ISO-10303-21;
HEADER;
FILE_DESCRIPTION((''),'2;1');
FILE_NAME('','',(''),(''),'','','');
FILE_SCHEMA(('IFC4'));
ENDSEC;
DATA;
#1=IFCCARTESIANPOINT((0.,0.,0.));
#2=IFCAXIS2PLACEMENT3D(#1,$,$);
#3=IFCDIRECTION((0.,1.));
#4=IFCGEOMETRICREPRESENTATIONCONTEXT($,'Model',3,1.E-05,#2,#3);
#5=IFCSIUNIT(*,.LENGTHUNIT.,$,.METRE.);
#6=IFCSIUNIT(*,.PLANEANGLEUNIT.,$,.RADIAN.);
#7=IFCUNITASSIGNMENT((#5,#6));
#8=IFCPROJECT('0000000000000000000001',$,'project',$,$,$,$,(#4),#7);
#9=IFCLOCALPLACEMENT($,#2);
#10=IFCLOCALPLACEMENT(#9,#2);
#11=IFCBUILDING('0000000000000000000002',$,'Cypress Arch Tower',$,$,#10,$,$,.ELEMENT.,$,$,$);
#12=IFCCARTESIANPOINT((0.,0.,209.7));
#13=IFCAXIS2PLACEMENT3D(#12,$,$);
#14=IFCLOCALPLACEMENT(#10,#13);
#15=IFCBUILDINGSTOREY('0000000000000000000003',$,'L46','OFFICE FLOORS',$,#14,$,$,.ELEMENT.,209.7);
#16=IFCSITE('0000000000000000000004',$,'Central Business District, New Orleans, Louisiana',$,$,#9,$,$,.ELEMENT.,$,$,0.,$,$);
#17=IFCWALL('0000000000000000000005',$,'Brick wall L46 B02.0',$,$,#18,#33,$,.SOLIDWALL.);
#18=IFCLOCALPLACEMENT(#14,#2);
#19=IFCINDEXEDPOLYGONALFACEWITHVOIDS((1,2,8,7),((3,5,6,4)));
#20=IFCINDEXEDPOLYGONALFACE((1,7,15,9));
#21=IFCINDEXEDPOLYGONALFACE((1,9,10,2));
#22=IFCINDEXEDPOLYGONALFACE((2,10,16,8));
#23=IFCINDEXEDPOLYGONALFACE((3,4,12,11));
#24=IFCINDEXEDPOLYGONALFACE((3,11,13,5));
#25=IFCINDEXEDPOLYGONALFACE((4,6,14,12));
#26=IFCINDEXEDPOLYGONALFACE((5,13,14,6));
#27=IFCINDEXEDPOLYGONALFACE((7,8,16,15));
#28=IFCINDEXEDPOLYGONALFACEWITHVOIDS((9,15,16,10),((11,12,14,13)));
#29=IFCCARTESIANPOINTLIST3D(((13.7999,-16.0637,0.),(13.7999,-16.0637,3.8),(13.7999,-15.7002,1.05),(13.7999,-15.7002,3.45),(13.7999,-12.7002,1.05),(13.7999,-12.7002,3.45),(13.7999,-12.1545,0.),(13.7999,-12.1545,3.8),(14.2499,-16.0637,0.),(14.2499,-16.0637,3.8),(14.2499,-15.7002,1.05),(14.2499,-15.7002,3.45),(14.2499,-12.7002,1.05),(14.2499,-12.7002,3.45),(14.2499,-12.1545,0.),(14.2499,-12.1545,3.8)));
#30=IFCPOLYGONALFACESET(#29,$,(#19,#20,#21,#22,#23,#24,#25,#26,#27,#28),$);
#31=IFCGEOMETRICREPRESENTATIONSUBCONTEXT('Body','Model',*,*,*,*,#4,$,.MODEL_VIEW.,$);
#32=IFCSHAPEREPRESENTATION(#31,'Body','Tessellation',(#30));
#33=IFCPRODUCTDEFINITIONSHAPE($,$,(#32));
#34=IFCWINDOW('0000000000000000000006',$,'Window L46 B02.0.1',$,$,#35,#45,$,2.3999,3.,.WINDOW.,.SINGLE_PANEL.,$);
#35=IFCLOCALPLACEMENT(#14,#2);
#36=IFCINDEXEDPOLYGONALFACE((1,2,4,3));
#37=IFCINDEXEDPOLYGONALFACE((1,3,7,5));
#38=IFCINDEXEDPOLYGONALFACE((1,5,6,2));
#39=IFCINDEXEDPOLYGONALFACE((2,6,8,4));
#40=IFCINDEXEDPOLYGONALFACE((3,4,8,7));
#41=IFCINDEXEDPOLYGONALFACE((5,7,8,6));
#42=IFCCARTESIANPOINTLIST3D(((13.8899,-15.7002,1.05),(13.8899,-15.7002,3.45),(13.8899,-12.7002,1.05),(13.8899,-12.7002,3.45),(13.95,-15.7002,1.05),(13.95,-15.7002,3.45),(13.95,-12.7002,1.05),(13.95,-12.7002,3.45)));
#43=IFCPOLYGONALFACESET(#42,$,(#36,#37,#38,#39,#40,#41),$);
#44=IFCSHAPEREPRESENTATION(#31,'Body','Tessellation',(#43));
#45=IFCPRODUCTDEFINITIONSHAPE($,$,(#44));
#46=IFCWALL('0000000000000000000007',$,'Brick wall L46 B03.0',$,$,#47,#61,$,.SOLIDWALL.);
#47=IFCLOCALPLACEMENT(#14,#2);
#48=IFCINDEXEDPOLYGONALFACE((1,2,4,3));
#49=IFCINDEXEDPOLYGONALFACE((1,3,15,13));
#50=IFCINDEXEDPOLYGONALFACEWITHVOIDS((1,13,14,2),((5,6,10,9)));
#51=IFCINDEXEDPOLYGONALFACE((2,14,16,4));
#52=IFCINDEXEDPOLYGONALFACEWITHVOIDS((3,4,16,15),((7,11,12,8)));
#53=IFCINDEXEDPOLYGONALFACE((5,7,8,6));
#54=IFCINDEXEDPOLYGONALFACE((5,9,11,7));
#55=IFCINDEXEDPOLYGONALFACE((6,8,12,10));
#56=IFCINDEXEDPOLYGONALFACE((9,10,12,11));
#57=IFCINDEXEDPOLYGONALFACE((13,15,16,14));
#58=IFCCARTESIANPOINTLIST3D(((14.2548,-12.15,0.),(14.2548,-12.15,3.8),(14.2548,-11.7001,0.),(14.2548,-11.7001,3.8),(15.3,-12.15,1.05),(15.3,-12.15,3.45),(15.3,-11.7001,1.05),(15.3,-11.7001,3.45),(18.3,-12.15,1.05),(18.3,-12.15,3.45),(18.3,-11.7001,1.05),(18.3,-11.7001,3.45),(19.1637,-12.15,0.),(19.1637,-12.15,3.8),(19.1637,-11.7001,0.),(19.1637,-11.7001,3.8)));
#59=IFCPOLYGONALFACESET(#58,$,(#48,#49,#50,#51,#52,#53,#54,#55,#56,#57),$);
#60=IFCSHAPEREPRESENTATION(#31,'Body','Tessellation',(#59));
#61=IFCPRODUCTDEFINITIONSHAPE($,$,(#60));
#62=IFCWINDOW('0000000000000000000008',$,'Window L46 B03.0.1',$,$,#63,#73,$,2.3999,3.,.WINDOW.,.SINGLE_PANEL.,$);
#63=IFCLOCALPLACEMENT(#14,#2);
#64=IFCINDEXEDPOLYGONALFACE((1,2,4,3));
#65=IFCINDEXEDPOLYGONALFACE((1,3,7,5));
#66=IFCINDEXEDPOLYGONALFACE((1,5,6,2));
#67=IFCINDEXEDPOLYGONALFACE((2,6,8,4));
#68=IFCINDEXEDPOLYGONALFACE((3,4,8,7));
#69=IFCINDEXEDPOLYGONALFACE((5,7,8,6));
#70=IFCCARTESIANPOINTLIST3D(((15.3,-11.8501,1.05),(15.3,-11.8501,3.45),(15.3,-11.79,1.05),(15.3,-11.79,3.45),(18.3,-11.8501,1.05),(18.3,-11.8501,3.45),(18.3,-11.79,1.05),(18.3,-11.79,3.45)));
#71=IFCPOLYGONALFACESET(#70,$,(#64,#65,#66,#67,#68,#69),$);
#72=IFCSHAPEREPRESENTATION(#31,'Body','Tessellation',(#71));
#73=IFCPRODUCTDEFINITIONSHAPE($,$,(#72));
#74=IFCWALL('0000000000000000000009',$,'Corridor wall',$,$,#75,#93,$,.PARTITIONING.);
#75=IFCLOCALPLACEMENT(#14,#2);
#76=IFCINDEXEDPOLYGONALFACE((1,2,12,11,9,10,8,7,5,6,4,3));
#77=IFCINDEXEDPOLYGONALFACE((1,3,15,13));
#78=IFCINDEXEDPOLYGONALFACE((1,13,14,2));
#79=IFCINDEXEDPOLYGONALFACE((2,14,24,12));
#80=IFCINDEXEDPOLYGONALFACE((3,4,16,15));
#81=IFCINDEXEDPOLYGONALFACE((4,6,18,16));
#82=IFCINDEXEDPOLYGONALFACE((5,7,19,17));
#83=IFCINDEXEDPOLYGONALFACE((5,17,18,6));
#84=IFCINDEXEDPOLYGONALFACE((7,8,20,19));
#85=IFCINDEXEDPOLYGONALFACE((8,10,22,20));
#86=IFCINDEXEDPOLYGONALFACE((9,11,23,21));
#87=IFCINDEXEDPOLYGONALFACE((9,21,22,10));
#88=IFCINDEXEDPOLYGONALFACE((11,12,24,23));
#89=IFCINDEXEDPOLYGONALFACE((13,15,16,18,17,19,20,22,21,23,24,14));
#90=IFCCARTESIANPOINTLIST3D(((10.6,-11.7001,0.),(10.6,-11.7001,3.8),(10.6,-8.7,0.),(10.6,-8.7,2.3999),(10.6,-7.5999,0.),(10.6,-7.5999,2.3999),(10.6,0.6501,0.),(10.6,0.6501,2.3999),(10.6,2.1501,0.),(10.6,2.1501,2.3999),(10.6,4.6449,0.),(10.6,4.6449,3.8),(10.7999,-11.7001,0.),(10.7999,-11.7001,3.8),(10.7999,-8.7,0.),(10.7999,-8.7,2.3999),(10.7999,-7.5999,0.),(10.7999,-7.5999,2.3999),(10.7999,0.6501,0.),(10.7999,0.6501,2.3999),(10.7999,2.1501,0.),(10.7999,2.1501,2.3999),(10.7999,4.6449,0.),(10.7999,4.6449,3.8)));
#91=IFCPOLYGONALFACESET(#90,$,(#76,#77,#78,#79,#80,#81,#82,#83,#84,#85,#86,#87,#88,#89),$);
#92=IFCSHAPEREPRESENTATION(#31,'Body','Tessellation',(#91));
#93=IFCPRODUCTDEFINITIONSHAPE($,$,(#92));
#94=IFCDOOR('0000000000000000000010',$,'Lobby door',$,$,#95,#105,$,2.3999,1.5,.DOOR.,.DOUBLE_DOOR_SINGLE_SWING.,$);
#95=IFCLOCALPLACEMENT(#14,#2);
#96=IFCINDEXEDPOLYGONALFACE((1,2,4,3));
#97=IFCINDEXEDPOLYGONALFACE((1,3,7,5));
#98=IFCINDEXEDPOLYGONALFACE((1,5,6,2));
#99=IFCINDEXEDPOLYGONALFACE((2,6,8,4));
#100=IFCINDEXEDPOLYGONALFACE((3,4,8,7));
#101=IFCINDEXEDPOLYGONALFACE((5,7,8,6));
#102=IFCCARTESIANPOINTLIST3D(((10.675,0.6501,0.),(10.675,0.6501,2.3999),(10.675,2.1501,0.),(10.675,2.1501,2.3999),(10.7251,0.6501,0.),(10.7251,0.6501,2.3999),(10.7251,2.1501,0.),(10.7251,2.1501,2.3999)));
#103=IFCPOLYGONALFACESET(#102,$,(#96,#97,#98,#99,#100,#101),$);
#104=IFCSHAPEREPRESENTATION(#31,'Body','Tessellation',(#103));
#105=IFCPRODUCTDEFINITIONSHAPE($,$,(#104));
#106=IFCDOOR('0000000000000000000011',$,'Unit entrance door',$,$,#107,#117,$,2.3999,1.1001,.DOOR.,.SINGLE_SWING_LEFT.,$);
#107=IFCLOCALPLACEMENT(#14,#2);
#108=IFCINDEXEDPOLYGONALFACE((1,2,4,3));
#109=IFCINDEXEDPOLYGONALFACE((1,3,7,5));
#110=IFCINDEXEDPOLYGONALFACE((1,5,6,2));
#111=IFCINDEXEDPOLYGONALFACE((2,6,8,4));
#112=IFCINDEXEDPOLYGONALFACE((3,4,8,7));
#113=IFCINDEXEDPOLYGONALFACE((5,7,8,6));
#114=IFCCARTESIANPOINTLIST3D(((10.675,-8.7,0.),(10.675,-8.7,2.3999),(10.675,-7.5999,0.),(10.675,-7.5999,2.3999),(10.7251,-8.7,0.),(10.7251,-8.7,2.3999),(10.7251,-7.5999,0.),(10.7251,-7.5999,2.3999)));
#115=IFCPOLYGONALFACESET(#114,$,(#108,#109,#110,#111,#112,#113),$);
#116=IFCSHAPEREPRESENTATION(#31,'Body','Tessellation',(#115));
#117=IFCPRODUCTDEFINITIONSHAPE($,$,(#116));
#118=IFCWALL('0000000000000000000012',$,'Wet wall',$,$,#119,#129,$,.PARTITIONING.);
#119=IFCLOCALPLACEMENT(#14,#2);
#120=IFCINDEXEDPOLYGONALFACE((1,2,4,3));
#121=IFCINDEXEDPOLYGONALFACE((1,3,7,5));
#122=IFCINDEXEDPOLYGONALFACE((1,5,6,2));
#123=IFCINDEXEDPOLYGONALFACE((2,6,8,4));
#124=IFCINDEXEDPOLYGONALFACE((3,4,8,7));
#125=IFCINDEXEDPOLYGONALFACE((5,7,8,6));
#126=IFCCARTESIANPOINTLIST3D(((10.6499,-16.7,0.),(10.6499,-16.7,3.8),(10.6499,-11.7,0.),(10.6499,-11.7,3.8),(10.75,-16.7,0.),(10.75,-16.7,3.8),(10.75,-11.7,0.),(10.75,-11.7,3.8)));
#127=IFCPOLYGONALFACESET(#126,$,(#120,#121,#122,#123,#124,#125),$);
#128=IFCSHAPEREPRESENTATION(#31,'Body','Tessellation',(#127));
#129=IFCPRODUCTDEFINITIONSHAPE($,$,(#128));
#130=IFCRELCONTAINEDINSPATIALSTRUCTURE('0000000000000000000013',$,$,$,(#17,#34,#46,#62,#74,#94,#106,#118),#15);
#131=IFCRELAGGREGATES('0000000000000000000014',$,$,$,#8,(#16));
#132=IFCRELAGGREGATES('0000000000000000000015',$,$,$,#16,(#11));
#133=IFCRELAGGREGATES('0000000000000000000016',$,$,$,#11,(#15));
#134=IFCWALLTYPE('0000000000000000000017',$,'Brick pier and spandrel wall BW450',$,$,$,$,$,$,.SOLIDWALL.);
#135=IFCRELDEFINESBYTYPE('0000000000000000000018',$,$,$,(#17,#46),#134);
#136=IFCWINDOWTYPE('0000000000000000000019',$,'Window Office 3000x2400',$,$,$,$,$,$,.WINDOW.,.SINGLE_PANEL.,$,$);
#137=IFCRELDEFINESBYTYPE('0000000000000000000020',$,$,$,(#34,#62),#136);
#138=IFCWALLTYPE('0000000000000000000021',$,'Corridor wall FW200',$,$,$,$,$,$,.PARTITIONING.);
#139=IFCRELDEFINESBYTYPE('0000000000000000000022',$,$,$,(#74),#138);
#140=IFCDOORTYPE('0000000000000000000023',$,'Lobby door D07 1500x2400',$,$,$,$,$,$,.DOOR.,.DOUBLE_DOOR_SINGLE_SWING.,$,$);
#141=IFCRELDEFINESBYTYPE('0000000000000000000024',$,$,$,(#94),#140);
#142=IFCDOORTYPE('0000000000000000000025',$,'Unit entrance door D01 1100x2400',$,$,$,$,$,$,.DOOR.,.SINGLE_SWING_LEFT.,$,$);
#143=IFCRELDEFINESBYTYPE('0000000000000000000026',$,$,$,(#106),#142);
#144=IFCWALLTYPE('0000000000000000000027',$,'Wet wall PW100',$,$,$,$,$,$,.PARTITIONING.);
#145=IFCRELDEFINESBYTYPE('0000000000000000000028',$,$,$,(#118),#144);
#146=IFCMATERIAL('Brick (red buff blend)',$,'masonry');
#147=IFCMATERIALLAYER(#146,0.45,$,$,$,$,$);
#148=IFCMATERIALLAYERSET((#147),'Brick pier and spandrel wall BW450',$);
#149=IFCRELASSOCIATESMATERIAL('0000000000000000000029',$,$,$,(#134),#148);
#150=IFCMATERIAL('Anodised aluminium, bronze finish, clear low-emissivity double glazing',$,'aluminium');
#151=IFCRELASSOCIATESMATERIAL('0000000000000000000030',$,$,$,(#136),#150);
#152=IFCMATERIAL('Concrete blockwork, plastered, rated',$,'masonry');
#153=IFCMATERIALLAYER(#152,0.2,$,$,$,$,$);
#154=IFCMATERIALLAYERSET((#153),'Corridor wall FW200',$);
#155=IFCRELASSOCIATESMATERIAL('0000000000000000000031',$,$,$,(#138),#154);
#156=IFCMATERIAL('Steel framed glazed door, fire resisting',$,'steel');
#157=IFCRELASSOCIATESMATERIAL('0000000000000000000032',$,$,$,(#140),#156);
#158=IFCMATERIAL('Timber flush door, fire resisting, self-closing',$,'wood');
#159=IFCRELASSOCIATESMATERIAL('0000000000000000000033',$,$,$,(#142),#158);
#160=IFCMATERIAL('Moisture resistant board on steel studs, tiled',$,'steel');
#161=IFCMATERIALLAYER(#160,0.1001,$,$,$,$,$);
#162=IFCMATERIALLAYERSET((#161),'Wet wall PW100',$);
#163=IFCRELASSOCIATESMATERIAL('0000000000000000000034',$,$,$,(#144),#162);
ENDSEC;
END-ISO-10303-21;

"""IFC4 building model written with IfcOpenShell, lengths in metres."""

from ifc_helpers import new_model, si_unit, direction, frame, frame_2d, origin, place, context, subcontext, project, spatial, rectangle, extrude, material, layer, layer_set, type_object, element, fill, save


model = new_model("IFC4")

# Units and contexts
model_context = context("Model", 3, precision=1e-05, world=origin(), true_north=direction((0.0, 1.0)))
body_context = subcontext(model_context, "Body", "Model", "MODEL_VIEW")
ifc_project = project(units=[si_unit("LENGTHUNIT", "METRE"), si_unit("PLANEANGLEUNIT", "RADIAN")], contexts=[model_context])

# Site, building, storey
site_placement = place(None, origin())
site = spatial("IfcSite", under=ifc_project, at=site_placement, Name="Central Business District, New Orleans, Louisiana", CompositionType="ELEMENT", RefElevation=0.0)
building_placement = place(site_placement, origin())
building = spatial("IfcBuilding", under=site, at=building_placement, Name="Cypress Arch Tower", CompositionType="ELEMENT")
storey_placement = place(building_placement, frame((0.0, 0.0, 209.7)))
storey = spatial("IfcBuildingStorey", under=building, at=storey_placement, Name="L46", Description="OFFICE FLOORS", CompositionType="ELEMENT", Elevation=209.7)

# Walls, openings, windows
ifc_material_1 = material(Name="Brick (red buff blend)", Category="masonry")
ifc_layer_1 = layer(ifc_material_1, 0.45)
ifc_layer_set_1 = layer_set([ifc_layer_1], Name="Brick pier and spandrel wall BW450")
wall_type_1 = type_object("IfcWallType", Name="Brick pier and spandrel wall BW450", PredefinedType="SOLIDWALL", material=ifc_layer_set_1)
wall_1_placement = place(storey_placement, frame((14.0249, -16.0637, 0.0), z_axis=(0.0, 0.0, 1.0), x_axis=(0.0, 1.0, 0.0)))
wall_1 = element("IfcWall", 1, at=wall_1_placement, inside=storey, type_object=wall_type_1, Name="Brick wall L46 B02.0", PredefinedType="SOLIDWALL", context=body_context, shape_type="SweptSolid", body=[
    extrude(rectangle(XDim=3.9092, YDim=0.45, at=frame_2d((1.9546, 0.0))), origin(), (0.0, 0.0, 1.0), 3.8),
])
opening_1_placement = place(wall_1_placement, frame((0.3635, 0.0, 1.05)))
opening_1 = element("IfcOpeningElement", 2, at=opening_1_placement, cuts=wall_1, PredefinedType="OPENING", context=body_context, shape_type="SweptSolid", body=[
    extrude(rectangle(XDim=3.0, YDim=2.3999, at=frame_2d((1.5, 1.2))), frame((0.0, 0.2349, 0.0), z_axis=(0.0, -1.0, 0.0), x_axis=(1.0, 0.0, 0.0)), (0.0, 0.0, 1.0), 0.47),
])
ifc_material_2 = material(Name="Anodised aluminium, bronze finish, clear low-emissivity double glazing", Category="aluminium")
window_type = type_object("IfcWindowType", Name="Window Office 3000x2400", PartitioningType="SINGLE_PANEL", PredefinedType="WINDOW", material=ifc_material_2)
window_1_placement = place(opening_1_placement, origin())
window_1 = element("IfcWindow", 3, at=window_1_placement, inside=storey, type_object=window_type, Name="Window L46 B02.0.1", OverallHeight=2.3999, OverallWidth=3.0, PartitioningType="SINGLE_PANEL", PredefinedType="WINDOW", context=body_context, shape_type="SweptSolid", body=[
    extrude(rectangle(XDim=3.0, YDim=2.3999, at=frame_2d((1.5, 1.2))), frame((0.0, 0.135, 0.0), z_axis=(0.0, -1.0, 0.0), x_axis=(1.0, 0.0, 0.0)), (0.0, 0.0, 1.0), 0.0601),
])
fill(opening_1, window_1)
wall_2_placement = place(storey_placement, frame((14.2546, -11.925, 0.0), z_axis=(0.0, 0.0, 1.0), x_axis=(1.0, 0.0, 0.0)))
wall_2 = element("IfcWall", 4, at=wall_2_placement, inside=storey, type_object=wall_type_1, Name="Brick wall L46 B03.0", PredefinedType="SOLIDWALL", context=body_context, shape_type="SweptSolid", body=[
    extrude(rectangle(XDim=4.9089, YDim=0.45, at=frame_2d((2.4546, 0.0))), origin(), (0.0, 0.0, 1.0), 3.8),
])
opening_2_placement = place(wall_2_placement, frame((1.0454, 0.0, 1.05)))
opening_2 = element("IfcOpeningElement", 5, at=opening_2_placement, cuts=wall_2, PredefinedType="OPENING", context=body_context, shape_type="SweptSolid", body=[
    extrude(rectangle(XDim=3.0, YDim=2.3999, at=frame_2d((1.5, 1.2))), frame((0.0, 0.2349, 0.0), z_axis=(0.0, -1.0, 0.0), x_axis=(1.0, 0.0, 0.0)), (0.0, 0.0, 1.0), 0.47),
])
window_2_placement = place(opening_2_placement, origin())
window_2 = element("IfcWindow", 6, at=window_2_placement, inside=storey, type_object=window_type, Name="Window L46 B03.0.1", OverallHeight=2.3999, OverallWidth=3.0, PartitioningType="SINGLE_PANEL", PredefinedType="WINDOW", context=body_context, shape_type="SweptSolid", body=[
    extrude(rectangle(XDim=3.0, YDim=2.3999, at=frame_2d((1.5, 1.2))), frame((0.0, 0.135, 0.0), z_axis=(0.0, -1.0, 0.0), x_axis=(1.0, 0.0, 0.0)), (0.0, 0.0, 1.0), 0.0601),
])
fill(opening_2, window_2)

# Wall, openings, doors
ifc_material_3 = material(Name="Concrete blockwork, plastered, rated", Category="masonry")
ifc_layer_2 = layer(ifc_material_3, 0.2)
ifc_layer_set_2 = layer_set([ifc_layer_2], Name="Corridor wall FW200")
wall_type_2 = type_object("IfcWallType", Name="Corridor wall FW200", PredefinedType="PARTITIONING", material=ifc_layer_set_2)
wall_3_placement = place(storey_placement, frame((10.7, -11.7, 0.0), z_axis=(0.0, 0.0, 1.0), x_axis=(0.0, 1.0, 0.0)))
wall_3 = element("IfcWall", 7, at=wall_3_placement, inside=storey, type_object=wall_type_2, Name="Corridor wall", PredefinedType="PARTITIONING", context=body_context, shape_type="SweptSolid", body=[
    extrude(rectangle(XDim=16.345, YDim=0.2, at=frame_2d((8.1724, 0.0))), origin(), (0.0, 0.0, 1.0), 3.8),
])
opening_3_placement = place(wall_3_placement, frame((12.3501, 0.0, 0.0)))
opening_3 = element("IfcOpeningElement", 8, at=opening_3_placement, cuts=wall_3, PredefinedType="OPENING", context=body_context, shape_type="SweptSolid", body=[
    extrude(rectangle(XDim=1.5, YDim=2.3999, at=frame_2d((0.75, 1.2))), frame((0.0, 0.1099, 0.0), z_axis=(0.0, -1.0, 0.0), x_axis=(1.0, 0.0, 0.0)), (0.0, 0.0, 1.0), 0.22),
])
opening_4_placement = place(wall_3_placement, frame((3.0, 0.0, 0.0)))
opening_4 = element("IfcOpeningElement", 9, at=opening_4_placement, cuts=wall_3, PredefinedType="OPENING", context=body_context, shape_type="SweptSolid", body=[
    extrude(rectangle(XDim=1.1001, YDim=2.3999, at=frame_2d((0.55, 1.2))), frame((0.0, 0.1099, 0.0), z_axis=(0.0, -1.0, 0.0), x_axis=(1.0, 0.0, 0.0)), (0.0, 0.0, 1.0), 0.22),
])
ifc_material_4 = material(Name="Steel framed glazed door, fire resisting", Category="steel")
door_type_1 = type_object("IfcDoorType", Name="Lobby door D07 1500x2400", OperationType="DOUBLE_DOOR_SINGLE_SWING", PredefinedType="DOOR", material=ifc_material_4)
door_1_placement = place(opening_3_placement, origin())
door_1 = element("IfcDoor", 10, at=door_1_placement, inside=storey, type_object=door_type_1, Name="Lobby door", OperationType="DOUBLE_DOOR_SINGLE_SWING", OverallHeight=2.3999, OverallWidth=1.5, PredefinedType="DOOR", context=body_context, shape_type="SweptSolid", body=[
    extrude(rectangle(XDim=1.5, YDim=2.3999, at=frame_2d((0.75, 1.2))), frame((0.0, 0.0249, 0.0), z_axis=(0.0, -1.0, 0.0), x_axis=(1.0, 0.0, 0.0)), (0.0, 0.0, 1.0), 0.05),
])
fill(opening_3, door_1)
ifc_material_5 = material(Name="Timber flush door, fire resisting, self-closing", Category="wood")
door_type_2 = type_object("IfcDoorType", Name="Unit entrance door D01 1100x2400", OperationType="SINGLE_SWING_LEFT", PredefinedType="DOOR", material=ifc_material_5)
door_2_placement = place(opening_4_placement, origin())
door_2 = element("IfcDoor", 11, at=door_2_placement, inside=storey, type_object=door_type_2, Name="Unit entrance door", OperationType="SINGLE_SWING_LEFT", OverallHeight=2.3999, OverallWidth=1.1001, PredefinedType="DOOR", context=body_context, shape_type="SweptSolid", body=[
    extrude(rectangle(XDim=1.1001, YDim=2.3999, at=frame_2d((0.55, 1.2))), frame((0.0, 0.0249, 0.0), z_axis=(0.0, -1.0, 0.0), x_axis=(1.0, 0.0, 0.0)), (0.0, 0.0, 1.0), 0.05),
])
fill(opening_4, door_2)

# Wall
ifc_material_6 = material(Name="Moisture resistant board on steel studs, tiled", Category="steel")
ifc_layer_3 = layer(ifc_material_6, 0.1001)
ifc_layer_set_3 = layer_set([ifc_layer_3], Name="Wet wall PW100")
wall_type_3 = type_object("IfcWallType", Name="Wet wall PW100", PredefinedType="PARTITIONING", material=ifc_layer_set_3)
wall_4_placement = place(storey_placement, frame((10.7, -16.7, 0.0), z_axis=(0.0, 0.0, 1.0), x_axis=(0.0, 1.0, 0.0)))
element("IfcWall", 12, at=wall_4_placement, inside=storey, type_object=wall_type_3, Name="Wet wall", PredefinedType="PARTITIONING", context=body_context, shape_type="SweptSolid", body=[
    extrude(rectangle(XDim=5.0, YDim=0.1001, at=frame_2d((2.5, 0.0))), origin(), (0.0, 0.0, 1.0), 3.8),
])

save(model, "model.ifc")
